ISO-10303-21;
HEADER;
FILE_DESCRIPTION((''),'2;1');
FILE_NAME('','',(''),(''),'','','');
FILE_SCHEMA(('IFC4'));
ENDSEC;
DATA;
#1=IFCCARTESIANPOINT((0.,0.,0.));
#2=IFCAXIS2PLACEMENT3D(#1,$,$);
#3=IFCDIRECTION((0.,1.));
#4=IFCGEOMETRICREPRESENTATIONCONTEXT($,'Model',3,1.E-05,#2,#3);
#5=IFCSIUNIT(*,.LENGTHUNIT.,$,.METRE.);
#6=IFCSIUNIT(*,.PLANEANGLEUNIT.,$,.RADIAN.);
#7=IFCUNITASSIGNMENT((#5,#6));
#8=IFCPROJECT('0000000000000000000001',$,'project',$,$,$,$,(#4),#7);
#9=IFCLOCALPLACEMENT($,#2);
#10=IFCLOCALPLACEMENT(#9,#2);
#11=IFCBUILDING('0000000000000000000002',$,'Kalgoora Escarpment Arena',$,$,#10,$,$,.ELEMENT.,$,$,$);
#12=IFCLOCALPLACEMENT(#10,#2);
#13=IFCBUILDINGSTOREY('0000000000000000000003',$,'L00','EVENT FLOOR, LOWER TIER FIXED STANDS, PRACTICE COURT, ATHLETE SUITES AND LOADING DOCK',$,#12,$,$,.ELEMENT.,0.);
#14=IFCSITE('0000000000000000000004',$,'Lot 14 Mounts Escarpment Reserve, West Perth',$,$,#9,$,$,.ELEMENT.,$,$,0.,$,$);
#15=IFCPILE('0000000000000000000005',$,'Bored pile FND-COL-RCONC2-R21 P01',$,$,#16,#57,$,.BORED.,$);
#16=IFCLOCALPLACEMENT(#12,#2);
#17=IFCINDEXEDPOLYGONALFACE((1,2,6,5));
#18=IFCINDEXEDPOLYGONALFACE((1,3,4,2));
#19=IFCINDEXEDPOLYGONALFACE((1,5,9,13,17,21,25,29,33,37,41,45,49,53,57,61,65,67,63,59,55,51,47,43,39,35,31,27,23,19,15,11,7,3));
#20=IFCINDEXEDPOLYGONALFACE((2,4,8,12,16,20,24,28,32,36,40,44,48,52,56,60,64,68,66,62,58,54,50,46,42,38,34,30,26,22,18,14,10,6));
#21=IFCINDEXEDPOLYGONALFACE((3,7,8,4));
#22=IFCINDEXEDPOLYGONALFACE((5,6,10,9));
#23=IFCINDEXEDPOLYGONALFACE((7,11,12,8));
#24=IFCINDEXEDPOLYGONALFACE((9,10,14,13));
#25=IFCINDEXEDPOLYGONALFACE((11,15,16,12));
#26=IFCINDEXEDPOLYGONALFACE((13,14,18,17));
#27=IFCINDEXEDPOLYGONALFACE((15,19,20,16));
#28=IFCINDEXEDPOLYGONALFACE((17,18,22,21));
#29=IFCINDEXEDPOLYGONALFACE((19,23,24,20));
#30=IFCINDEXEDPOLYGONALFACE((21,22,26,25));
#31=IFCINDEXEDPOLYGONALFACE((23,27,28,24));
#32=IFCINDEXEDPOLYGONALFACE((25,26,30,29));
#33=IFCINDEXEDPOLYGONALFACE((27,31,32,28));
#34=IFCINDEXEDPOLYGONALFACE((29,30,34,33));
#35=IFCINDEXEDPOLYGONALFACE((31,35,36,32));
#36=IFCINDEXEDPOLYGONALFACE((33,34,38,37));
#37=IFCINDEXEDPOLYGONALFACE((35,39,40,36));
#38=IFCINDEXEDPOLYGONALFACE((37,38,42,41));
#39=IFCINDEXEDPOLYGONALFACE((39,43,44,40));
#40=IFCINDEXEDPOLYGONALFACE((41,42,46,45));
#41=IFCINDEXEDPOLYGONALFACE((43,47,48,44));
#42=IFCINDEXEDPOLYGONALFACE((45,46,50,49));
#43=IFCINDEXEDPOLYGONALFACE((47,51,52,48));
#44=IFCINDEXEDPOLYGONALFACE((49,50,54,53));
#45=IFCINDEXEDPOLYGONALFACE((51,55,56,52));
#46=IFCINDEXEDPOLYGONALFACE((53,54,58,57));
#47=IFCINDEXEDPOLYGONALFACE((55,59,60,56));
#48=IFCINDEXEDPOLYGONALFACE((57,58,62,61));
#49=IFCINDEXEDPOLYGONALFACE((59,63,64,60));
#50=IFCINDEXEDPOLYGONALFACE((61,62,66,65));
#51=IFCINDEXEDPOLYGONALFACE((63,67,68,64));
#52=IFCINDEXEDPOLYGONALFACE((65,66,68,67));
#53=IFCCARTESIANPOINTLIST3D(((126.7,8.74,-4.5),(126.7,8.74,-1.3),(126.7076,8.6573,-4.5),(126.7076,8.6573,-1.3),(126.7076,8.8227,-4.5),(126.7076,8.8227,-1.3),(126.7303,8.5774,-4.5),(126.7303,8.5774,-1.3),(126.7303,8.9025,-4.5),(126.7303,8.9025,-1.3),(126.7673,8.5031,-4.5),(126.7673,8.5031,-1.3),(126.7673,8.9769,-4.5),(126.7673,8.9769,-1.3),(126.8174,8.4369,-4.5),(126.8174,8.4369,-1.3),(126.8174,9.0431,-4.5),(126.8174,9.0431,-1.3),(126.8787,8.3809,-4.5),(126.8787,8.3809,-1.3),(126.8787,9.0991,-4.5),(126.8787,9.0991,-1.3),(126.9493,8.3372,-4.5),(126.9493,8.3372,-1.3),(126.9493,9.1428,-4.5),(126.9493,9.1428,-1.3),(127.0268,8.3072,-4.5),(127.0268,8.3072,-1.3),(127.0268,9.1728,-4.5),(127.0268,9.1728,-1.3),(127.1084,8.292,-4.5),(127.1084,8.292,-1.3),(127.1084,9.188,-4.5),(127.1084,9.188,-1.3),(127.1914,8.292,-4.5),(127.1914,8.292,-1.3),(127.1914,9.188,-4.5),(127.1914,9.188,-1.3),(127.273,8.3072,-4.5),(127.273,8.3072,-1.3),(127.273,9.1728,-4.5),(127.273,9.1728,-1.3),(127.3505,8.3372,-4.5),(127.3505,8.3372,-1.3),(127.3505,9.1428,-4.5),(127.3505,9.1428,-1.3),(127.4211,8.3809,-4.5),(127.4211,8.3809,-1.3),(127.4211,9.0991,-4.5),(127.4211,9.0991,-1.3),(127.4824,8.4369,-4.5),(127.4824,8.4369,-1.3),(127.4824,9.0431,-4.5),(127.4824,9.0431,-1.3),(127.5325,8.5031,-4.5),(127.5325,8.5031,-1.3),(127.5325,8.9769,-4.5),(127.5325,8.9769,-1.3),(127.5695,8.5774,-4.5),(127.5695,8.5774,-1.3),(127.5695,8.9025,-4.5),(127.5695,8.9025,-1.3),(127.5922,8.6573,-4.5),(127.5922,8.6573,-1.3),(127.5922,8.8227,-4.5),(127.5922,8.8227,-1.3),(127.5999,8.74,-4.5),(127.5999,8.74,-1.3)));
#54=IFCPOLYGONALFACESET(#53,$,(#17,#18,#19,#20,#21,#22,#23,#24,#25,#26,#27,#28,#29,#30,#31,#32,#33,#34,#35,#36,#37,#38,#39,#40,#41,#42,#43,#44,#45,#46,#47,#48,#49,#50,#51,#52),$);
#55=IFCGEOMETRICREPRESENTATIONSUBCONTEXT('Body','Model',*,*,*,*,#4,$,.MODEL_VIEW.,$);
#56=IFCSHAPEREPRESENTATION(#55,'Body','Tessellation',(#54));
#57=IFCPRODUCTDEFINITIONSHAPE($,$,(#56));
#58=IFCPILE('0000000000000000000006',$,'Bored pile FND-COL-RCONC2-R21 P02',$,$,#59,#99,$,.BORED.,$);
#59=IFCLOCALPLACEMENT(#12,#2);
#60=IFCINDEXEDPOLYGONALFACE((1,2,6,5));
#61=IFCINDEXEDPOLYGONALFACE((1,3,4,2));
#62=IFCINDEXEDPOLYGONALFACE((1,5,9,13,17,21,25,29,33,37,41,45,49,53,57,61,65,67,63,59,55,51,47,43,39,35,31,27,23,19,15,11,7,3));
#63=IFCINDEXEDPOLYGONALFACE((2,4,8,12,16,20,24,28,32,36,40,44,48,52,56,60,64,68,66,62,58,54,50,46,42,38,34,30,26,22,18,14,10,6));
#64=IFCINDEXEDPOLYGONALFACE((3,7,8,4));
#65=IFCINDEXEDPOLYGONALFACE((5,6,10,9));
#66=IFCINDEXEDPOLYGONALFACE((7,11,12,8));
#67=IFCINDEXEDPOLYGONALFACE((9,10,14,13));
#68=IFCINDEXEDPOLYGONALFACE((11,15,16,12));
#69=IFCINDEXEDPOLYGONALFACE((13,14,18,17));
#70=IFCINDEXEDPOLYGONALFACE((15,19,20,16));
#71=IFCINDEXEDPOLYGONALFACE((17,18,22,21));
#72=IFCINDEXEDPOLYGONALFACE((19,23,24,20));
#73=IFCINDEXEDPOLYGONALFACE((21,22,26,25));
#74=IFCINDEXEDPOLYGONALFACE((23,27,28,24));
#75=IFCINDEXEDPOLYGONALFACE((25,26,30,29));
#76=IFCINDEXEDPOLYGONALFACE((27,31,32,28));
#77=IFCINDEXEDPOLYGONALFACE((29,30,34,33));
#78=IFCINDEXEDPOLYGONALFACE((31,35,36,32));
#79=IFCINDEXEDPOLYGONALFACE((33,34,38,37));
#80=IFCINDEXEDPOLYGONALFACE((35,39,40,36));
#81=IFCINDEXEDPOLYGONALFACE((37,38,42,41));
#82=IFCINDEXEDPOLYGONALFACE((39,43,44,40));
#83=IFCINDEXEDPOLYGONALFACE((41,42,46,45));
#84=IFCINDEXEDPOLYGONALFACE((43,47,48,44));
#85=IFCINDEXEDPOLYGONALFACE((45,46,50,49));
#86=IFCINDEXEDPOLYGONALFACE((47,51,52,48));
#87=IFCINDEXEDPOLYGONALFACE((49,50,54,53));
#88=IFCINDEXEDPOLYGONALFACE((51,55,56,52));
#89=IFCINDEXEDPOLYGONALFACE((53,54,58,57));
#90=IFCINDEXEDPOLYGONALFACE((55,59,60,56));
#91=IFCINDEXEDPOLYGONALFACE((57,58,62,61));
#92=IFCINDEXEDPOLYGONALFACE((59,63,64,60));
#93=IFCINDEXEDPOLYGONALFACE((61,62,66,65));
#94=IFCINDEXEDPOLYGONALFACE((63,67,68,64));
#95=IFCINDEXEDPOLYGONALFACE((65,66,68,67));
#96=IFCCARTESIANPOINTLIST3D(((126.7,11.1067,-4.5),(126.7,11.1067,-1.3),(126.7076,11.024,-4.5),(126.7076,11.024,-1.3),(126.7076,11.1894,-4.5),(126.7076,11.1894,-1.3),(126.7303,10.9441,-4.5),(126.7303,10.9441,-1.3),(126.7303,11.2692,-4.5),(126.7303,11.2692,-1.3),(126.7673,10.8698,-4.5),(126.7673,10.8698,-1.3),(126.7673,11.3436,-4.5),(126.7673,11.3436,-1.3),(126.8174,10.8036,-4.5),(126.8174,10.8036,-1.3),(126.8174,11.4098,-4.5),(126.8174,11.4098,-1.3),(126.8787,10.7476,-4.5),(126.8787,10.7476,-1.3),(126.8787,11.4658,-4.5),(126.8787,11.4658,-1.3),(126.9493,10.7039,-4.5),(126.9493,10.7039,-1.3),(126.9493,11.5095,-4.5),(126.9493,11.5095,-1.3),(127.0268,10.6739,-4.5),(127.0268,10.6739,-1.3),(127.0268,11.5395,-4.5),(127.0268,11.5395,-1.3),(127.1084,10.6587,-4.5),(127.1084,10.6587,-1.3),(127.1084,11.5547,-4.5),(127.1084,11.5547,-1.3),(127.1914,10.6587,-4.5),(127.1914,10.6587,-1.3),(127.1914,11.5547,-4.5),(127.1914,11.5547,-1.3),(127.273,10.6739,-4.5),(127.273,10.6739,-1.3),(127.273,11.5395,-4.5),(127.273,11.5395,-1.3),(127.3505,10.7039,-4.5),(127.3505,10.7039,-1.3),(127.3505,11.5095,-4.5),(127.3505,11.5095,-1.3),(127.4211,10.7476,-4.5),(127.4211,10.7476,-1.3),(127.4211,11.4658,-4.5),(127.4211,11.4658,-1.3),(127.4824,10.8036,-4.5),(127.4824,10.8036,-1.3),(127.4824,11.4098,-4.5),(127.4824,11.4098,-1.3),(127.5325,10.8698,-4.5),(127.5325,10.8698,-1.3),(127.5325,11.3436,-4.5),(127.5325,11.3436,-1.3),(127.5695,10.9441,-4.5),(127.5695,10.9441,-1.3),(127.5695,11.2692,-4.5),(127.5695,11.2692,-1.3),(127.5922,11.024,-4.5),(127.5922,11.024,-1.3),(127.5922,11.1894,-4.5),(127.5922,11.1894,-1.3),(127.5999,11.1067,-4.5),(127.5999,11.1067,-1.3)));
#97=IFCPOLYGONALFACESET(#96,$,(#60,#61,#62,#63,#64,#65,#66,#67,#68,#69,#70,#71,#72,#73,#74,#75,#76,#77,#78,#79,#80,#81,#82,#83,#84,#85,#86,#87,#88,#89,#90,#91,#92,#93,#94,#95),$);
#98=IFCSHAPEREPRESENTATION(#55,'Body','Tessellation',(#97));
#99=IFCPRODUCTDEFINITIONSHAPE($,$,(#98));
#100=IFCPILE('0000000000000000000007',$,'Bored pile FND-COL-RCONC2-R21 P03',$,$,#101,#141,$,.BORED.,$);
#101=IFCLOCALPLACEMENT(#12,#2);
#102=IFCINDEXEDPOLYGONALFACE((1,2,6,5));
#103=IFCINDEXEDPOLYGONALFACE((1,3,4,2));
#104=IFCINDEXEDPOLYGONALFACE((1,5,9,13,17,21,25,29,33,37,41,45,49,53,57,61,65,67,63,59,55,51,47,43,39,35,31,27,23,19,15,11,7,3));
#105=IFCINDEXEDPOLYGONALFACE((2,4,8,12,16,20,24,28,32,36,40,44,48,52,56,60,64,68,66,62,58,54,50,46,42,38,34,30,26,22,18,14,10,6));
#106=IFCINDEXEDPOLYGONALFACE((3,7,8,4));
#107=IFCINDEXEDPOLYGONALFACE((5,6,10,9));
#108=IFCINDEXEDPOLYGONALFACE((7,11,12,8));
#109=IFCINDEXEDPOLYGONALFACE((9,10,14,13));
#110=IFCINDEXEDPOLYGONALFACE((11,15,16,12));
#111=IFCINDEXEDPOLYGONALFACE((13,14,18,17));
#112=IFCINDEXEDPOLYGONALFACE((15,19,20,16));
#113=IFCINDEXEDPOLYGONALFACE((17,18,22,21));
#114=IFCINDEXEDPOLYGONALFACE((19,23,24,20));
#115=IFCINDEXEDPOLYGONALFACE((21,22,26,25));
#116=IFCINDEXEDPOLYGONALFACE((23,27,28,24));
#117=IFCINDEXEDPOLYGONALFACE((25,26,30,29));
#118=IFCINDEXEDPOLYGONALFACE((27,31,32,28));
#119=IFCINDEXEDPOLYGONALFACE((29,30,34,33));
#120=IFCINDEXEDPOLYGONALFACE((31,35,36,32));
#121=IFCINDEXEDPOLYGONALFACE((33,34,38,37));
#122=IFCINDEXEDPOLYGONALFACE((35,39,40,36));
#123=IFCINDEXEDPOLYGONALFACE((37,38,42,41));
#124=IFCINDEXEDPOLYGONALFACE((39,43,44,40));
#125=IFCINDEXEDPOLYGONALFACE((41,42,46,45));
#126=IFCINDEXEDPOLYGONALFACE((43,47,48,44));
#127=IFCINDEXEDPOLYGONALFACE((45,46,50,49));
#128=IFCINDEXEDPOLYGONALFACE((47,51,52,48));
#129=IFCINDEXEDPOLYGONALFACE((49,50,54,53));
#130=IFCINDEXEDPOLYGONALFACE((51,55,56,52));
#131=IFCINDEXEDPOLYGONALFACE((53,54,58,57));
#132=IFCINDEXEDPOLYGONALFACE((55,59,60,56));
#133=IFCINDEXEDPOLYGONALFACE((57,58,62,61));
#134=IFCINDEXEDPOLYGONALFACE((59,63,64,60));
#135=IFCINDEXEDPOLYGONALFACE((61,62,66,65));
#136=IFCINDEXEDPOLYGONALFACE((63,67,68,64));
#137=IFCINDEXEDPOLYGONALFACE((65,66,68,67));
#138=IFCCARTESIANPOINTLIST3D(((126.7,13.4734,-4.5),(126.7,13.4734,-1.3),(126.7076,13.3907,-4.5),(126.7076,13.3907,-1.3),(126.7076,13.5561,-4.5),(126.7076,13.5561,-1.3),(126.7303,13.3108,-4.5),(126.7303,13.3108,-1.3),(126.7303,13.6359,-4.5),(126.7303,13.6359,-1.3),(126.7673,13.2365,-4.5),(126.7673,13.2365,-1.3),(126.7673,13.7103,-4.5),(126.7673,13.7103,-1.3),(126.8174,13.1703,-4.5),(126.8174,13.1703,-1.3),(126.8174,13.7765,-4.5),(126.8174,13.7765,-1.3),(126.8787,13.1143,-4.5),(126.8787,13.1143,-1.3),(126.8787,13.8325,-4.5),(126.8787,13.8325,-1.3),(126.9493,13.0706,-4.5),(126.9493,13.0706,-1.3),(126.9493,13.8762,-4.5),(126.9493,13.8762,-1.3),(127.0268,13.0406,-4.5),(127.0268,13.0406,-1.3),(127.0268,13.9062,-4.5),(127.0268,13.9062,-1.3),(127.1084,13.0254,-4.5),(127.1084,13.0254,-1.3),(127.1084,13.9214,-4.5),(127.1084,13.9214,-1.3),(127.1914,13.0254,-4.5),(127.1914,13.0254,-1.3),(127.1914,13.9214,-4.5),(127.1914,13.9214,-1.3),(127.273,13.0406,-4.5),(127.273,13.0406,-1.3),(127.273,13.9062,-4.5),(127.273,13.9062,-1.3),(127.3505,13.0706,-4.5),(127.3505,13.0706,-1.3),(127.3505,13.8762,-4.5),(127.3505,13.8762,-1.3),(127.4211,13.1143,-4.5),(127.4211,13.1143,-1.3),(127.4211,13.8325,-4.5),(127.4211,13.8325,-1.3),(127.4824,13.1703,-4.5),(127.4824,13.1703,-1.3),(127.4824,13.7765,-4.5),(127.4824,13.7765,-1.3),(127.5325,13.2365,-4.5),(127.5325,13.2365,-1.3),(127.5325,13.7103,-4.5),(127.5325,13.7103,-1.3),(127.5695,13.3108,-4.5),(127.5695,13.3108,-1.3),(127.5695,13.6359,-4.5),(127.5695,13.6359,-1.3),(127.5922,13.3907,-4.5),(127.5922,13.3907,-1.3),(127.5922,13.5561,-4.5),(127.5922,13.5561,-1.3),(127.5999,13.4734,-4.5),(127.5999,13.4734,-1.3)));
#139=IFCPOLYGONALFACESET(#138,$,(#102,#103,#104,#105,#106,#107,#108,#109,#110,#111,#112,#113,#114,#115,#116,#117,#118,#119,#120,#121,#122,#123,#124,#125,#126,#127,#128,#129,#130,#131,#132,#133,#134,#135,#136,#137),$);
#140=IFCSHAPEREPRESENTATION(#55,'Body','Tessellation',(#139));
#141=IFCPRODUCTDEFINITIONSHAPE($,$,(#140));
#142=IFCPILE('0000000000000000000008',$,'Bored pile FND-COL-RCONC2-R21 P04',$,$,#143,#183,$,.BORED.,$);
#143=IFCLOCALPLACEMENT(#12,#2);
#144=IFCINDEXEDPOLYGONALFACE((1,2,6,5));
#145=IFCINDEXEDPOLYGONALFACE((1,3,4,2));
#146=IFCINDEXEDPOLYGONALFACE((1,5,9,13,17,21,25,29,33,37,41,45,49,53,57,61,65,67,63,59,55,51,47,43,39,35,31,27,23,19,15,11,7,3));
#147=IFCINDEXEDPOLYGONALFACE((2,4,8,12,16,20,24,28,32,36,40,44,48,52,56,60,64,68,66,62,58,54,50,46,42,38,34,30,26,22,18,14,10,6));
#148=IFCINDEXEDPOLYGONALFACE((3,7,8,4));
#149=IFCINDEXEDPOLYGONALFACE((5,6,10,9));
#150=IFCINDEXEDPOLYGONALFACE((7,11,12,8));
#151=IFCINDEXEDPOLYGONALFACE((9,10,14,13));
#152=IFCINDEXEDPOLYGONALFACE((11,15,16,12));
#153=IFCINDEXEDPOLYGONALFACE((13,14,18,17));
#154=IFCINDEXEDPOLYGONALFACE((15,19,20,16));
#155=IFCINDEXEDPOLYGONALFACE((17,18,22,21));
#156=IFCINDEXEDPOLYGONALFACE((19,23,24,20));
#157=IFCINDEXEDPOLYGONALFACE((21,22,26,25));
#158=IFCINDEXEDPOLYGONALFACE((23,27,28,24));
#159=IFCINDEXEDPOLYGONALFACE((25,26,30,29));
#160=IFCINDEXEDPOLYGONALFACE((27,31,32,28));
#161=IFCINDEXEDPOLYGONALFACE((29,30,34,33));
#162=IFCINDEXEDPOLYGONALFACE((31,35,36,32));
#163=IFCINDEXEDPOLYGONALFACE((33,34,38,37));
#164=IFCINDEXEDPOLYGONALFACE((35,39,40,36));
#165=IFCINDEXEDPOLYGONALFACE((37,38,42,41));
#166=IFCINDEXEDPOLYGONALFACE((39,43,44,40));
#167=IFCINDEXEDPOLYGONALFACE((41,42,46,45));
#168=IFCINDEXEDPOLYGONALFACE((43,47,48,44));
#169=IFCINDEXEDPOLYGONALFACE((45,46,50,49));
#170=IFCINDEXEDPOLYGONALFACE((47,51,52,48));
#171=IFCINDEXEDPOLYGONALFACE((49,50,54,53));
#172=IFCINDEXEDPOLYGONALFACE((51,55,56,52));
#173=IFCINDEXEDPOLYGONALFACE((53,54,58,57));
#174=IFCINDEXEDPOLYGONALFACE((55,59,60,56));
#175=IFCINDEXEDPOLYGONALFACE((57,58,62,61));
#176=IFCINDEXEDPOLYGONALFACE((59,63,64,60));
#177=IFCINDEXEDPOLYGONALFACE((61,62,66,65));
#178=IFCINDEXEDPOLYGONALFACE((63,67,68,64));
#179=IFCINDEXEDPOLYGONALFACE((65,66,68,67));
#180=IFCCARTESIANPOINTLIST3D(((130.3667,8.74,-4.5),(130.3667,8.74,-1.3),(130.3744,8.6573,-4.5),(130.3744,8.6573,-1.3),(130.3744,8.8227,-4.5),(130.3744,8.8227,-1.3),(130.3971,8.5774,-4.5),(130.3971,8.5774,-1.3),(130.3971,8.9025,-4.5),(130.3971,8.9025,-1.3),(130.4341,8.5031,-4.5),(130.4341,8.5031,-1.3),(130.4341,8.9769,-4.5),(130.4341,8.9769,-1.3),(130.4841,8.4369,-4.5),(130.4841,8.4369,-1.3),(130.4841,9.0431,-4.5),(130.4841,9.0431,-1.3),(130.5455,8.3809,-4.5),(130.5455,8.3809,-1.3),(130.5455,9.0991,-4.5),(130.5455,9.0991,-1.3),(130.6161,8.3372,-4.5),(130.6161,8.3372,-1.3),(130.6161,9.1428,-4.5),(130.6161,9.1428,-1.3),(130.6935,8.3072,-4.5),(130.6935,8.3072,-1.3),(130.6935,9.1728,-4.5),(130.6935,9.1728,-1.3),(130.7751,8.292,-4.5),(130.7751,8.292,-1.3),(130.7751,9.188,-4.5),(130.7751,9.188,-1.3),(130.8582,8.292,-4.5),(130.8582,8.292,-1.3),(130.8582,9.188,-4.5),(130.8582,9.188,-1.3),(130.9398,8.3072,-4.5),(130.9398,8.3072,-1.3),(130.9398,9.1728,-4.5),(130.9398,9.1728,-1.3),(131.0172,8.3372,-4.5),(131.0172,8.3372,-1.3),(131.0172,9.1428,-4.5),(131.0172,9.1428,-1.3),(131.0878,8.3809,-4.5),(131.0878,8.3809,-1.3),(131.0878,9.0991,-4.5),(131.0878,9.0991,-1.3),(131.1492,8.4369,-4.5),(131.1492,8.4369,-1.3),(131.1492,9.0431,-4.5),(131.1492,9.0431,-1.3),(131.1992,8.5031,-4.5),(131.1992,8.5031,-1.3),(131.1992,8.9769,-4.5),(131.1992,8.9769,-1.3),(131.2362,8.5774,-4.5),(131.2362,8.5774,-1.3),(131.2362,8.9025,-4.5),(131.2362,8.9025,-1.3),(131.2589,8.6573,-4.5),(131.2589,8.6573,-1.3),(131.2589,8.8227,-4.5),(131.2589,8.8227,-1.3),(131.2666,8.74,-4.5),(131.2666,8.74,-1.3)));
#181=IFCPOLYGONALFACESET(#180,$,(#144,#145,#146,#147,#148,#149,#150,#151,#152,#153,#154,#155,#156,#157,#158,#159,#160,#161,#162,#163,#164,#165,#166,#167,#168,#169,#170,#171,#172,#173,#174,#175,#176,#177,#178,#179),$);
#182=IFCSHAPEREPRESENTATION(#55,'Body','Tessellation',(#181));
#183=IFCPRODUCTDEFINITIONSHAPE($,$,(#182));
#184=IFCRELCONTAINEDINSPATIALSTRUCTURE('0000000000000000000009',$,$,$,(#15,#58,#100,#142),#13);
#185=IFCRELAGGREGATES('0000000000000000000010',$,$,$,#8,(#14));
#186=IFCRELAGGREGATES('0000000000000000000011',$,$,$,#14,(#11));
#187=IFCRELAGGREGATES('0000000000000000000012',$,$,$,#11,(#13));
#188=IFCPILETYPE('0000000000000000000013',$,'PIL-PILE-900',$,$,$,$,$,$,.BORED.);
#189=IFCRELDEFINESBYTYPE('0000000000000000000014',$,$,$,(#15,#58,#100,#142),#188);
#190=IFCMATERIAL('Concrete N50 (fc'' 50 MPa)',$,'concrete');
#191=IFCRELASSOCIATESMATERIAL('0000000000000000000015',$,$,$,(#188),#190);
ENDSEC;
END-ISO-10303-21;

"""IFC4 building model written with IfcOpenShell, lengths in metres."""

from ifc_helpers import new_model, si_unit, direction, frame, origin, origin_2d, place, context, subcontext, project, spatial, circle, extrude, material, material_profile, profile_set, type_object, element, save


model = new_model("IFC4")

# Units and contexts
model_context = context("Model", 3, precision=1e-05, world=origin(), true_north=direction((0.0, 1.0)))
body_context = subcontext(model_context, "Body", "Model", "MODEL_VIEW")
ifc_project = project(units=[si_unit("LENGTHUNIT", "METRE"), si_unit("PLANEANGLEUNIT", "RADIAN")], contexts=[model_context])

# Site, building, storey
site_placement = place(None, origin())
site = spatial("IfcSite", under=ifc_project, at=site_placement, Name="Lot 14 Mounts Escarpment Reserve, West Perth", CompositionType="ELEMENT", RefElevation=0.0)
building_placement = place(site_placement, origin())
building = spatial("IfcBuilding", under=site, at=building_placement, Name="Kalgoora Escarpment Arena", CompositionType="ELEMENT")
storey_placement = place(building_placement, origin())
storey = spatial("IfcBuildingStorey", under=building, at=storey_placement, Name="L00", Description="EVENT FLOOR, LOWER TIER FIXED STANDS, PRACTICE COURT, ATHLETE SUITES AND LOADING DOCK", CompositionType="ELEMENT", Elevation=0.0)

# Piles
ifc_material_1 = material(Name="Concrete N50 (fc' 50 MPa)", Category="concrete")
ifc_material_profile_1 = material_profile(ifc_material_1, circle(Radius=0.45, at=origin_2d()))
ifc_profile_set_1 = profile_set([ifc_material_profile_1], Name="Concrete N50 (fc' 50 MPa)")
pile_type_1 = type_object("IfcPileType", Name="PIL-PILE-900", PredefinedType="BORED", material=ifc_profile_set_1)
for number, where, z_axis, x_axis, name in (
    (1, (127.1499, 8.74, -1.3), (0.0, 0.0, -1.0), (1.0, 0.0, 0.0), "Bored pile FND-COL-RCONC2-R21 P01"),
    (2, (127.1499, 11.1067, -1.3), (0.0, 0.0, -1.0), (1.0, 0.0, 0.0), "Bored pile FND-COL-RCONC2-R21 P02"),
    (3, (127.1499, 13.4734, -1.3), (0.0, 0.0, -1.0), (1.0, 0.0, 0.0), "Bored pile FND-COL-RCONC2-R21 P03"),
    (4, (130.8167, 8.74, -1.3), (0.0, 0.0, -1.0), (1.0, 0.0, 0.0), "Bored pile FND-COL-RCONC2-R21 P04"),
):
    element("IfcPile", number, at=place(storey_placement, frame(where, z_axis=z_axis, x_axis=x_axis)), inside=storey, type_object=pile_type_1, Name=name, PredefinedType="BORED", context=body_context, shape_type="SweptSolid", body=[
        extrude(circle(Radius=0.45, at=origin_2d()), origin(), (0.0, 0.0, 1.0), 3.2),
    ])

save(model, "model.ifc")
